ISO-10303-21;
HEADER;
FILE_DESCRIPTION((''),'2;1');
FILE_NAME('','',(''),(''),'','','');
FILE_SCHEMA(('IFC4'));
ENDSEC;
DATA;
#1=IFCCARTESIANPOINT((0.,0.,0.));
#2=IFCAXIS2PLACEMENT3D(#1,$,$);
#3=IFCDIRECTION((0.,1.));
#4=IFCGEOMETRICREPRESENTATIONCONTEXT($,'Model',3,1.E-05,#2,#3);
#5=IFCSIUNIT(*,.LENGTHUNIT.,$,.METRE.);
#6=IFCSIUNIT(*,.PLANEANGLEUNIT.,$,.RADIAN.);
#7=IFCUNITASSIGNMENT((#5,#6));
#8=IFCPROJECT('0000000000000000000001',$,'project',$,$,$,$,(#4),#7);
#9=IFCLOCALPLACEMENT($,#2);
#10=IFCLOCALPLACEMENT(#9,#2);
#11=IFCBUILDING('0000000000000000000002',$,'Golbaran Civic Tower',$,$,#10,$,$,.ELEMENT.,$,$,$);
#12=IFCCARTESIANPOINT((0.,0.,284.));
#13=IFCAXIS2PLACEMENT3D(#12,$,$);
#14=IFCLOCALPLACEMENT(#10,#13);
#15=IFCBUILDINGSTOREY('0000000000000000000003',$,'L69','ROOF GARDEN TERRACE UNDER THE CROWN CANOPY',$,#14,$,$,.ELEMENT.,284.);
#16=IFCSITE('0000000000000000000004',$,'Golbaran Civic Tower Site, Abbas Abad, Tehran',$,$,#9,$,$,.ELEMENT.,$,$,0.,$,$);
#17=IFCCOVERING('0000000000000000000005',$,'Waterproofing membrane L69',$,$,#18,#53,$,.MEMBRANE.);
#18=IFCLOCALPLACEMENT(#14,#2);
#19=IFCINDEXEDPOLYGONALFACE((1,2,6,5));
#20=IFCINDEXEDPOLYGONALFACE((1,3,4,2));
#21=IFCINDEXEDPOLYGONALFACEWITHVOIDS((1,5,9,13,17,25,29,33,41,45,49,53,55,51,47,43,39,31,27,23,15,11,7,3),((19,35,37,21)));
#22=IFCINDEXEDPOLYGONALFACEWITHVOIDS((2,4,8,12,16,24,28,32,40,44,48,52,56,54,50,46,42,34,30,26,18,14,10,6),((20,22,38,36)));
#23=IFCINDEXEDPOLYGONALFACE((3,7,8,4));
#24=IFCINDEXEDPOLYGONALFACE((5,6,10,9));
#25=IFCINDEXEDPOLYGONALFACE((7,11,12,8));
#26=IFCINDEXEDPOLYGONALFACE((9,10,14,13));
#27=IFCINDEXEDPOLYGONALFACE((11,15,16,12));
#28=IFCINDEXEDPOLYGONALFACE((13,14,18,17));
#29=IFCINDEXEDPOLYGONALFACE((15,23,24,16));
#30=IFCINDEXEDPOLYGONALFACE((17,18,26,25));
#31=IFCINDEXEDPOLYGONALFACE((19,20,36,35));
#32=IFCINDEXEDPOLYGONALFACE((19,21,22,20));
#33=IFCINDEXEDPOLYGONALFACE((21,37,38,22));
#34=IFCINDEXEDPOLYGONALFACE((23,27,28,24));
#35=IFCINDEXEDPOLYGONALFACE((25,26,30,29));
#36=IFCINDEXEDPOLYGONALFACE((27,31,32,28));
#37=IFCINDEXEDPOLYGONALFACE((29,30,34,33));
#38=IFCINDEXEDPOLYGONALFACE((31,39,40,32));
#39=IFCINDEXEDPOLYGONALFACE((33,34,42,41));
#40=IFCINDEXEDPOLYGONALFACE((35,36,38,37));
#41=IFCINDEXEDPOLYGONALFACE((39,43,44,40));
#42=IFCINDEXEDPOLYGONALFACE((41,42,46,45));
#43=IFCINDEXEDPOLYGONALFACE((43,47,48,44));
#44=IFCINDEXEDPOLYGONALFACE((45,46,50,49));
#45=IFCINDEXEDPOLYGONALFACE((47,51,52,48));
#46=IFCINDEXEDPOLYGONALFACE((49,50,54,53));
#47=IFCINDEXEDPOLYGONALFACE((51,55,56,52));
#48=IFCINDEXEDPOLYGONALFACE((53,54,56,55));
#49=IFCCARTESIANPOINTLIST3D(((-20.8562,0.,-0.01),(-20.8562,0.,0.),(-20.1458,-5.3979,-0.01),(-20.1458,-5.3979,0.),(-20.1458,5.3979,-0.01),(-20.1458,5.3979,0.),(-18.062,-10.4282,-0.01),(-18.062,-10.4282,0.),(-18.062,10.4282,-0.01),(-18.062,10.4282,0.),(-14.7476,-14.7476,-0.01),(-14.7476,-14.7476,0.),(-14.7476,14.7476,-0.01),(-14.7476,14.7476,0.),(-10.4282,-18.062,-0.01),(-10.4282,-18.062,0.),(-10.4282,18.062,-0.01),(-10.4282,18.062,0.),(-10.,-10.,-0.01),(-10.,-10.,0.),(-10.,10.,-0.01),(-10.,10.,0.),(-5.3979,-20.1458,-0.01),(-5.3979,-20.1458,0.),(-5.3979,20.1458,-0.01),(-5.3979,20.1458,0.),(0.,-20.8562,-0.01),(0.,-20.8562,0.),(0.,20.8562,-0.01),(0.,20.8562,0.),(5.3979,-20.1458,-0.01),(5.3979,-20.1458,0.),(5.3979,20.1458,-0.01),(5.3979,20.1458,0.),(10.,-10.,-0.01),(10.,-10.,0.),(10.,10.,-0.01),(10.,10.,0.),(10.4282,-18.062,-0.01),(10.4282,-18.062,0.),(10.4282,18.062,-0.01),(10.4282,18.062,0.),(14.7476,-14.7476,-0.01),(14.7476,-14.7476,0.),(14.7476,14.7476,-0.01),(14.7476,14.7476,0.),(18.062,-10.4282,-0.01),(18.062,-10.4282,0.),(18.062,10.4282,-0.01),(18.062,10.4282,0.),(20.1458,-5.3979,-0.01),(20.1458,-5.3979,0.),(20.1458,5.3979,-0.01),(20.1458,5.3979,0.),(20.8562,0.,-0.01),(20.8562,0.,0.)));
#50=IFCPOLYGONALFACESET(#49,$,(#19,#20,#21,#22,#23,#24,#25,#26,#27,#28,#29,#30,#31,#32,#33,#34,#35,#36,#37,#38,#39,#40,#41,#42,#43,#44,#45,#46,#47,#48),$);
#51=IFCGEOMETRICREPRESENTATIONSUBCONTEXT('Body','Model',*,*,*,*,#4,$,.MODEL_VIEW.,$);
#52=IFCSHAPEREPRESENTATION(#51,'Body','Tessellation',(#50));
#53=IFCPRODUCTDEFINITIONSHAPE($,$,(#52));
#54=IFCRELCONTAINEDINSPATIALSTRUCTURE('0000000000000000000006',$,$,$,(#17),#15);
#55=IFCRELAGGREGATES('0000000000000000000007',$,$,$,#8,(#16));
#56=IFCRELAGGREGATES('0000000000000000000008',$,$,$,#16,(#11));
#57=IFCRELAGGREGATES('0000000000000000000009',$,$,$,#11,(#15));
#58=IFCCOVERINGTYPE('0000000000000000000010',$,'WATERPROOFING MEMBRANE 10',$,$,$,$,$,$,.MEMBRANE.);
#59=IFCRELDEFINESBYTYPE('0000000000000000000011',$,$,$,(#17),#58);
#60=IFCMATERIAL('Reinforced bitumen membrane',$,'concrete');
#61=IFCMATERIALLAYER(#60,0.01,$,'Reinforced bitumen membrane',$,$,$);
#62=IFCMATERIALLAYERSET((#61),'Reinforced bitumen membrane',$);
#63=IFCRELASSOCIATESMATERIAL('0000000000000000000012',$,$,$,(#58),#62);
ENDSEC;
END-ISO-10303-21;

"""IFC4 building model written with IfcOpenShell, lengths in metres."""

from ifc_helpers import new_model, si_unit, direction, frame, origin, place, context, subcontext, project, spatial, polyline, outline, extrude, material, layer, layer_set, type_object, element, save


model = new_model("IFC4")

# Units and contexts
model_context = context("Model", 3, precision=1e-05, world=origin(), true_north=direction((0.0, 1.0)))
body_context = subcontext(model_context, "Body", "Model", "MODEL_VIEW")
ifc_project = project(units=[si_unit("LENGTHUNIT", "METRE"), si_unit("PLANEANGLEUNIT", "RADIAN")], contexts=[model_context])

# Site, building, storey
site_placement = place(None, origin())
site = spatial("IfcSite", under=ifc_project, at=site_placement, Name="Golbaran Civic Tower Site, Abbas Abad, Tehran", CompositionType="ELEMENT", RefElevation=0.0)
building_placement = place(site_placement, origin())
building = spatial("IfcBuilding", under=site, at=building_placement, Name="Golbaran Civic Tower", CompositionType="ELEMENT")
storey_placement = place(building_placement, frame((0.0, 0.0, 284.0)))
storey = spatial("IfcBuildingStorey", under=building, at=storey_placement, Name="L69", Description="ROOF GARDEN TERRACE UNDER THE CROWN CANOPY", CompositionType="ELEMENT", Elevation=284.0)

# Covering
ifc_material_1 = material(Name="Reinforced bitumen membrane", Category="concrete")
ifc_layer_1 = layer(ifc_material_1, 0.01, Name="Reinforced bitumen membrane")
ifc_layer_set_1 = layer_set([ifc_layer_1], Name="Reinforced bitumen membrane")
covering_type = type_object("IfcCoveringType", Name="WATERPROOFING MEMBRANE 10", PredefinedType="MEMBRANE", material=ifc_layer_set_1)
covering_placement = place(storey_placement, frame((0.0, 0.0, -0.01)))
element("IfcCovering", 1, at=covering_placement, inside=storey, type_object=covering_type, Name="Waterproofing membrane L69", PredefinedType="MEMBRANE", context=body_context, shape_type="SweptSolid", body=[
    extrude(outline(polyline([(18.062, -10.4282), (14.7476, -14.7476), (10.4282, -18.062), (5.3979, -20.1458), (0.0, -20.8562), (-5.3979, -20.1458), (-10.4282, -18.062), (-14.7476, -14.7476), (-18.062, -10.4282), (-20.1458, -5.3979), (-20.8562, 0.0), (-20.1458, 5.3979), (-18.062, 10.4282), (-14.7476, 14.7476), (-10.4282, 18.062), (-5.3979, 20.1458), (0.0, 20.8562), (5.3979, 20.1458), (10.4282, 18.062), (14.7476, 14.7476), (18.062, 10.4282), (20.1458, 5.3979), (20.8562, 0.0), (20.1458, -5.3979), (18.062, -10.4282)]), holes=[polyline([(-10.0, 10.0), (-10.0, -10.0), (10.0, -10.0), (10.0, 10.0), (-10.0, 10.0)])]), origin(), (0.0, 0.0, 1.0), 0.01),
])

save(model, "model.ifc")
